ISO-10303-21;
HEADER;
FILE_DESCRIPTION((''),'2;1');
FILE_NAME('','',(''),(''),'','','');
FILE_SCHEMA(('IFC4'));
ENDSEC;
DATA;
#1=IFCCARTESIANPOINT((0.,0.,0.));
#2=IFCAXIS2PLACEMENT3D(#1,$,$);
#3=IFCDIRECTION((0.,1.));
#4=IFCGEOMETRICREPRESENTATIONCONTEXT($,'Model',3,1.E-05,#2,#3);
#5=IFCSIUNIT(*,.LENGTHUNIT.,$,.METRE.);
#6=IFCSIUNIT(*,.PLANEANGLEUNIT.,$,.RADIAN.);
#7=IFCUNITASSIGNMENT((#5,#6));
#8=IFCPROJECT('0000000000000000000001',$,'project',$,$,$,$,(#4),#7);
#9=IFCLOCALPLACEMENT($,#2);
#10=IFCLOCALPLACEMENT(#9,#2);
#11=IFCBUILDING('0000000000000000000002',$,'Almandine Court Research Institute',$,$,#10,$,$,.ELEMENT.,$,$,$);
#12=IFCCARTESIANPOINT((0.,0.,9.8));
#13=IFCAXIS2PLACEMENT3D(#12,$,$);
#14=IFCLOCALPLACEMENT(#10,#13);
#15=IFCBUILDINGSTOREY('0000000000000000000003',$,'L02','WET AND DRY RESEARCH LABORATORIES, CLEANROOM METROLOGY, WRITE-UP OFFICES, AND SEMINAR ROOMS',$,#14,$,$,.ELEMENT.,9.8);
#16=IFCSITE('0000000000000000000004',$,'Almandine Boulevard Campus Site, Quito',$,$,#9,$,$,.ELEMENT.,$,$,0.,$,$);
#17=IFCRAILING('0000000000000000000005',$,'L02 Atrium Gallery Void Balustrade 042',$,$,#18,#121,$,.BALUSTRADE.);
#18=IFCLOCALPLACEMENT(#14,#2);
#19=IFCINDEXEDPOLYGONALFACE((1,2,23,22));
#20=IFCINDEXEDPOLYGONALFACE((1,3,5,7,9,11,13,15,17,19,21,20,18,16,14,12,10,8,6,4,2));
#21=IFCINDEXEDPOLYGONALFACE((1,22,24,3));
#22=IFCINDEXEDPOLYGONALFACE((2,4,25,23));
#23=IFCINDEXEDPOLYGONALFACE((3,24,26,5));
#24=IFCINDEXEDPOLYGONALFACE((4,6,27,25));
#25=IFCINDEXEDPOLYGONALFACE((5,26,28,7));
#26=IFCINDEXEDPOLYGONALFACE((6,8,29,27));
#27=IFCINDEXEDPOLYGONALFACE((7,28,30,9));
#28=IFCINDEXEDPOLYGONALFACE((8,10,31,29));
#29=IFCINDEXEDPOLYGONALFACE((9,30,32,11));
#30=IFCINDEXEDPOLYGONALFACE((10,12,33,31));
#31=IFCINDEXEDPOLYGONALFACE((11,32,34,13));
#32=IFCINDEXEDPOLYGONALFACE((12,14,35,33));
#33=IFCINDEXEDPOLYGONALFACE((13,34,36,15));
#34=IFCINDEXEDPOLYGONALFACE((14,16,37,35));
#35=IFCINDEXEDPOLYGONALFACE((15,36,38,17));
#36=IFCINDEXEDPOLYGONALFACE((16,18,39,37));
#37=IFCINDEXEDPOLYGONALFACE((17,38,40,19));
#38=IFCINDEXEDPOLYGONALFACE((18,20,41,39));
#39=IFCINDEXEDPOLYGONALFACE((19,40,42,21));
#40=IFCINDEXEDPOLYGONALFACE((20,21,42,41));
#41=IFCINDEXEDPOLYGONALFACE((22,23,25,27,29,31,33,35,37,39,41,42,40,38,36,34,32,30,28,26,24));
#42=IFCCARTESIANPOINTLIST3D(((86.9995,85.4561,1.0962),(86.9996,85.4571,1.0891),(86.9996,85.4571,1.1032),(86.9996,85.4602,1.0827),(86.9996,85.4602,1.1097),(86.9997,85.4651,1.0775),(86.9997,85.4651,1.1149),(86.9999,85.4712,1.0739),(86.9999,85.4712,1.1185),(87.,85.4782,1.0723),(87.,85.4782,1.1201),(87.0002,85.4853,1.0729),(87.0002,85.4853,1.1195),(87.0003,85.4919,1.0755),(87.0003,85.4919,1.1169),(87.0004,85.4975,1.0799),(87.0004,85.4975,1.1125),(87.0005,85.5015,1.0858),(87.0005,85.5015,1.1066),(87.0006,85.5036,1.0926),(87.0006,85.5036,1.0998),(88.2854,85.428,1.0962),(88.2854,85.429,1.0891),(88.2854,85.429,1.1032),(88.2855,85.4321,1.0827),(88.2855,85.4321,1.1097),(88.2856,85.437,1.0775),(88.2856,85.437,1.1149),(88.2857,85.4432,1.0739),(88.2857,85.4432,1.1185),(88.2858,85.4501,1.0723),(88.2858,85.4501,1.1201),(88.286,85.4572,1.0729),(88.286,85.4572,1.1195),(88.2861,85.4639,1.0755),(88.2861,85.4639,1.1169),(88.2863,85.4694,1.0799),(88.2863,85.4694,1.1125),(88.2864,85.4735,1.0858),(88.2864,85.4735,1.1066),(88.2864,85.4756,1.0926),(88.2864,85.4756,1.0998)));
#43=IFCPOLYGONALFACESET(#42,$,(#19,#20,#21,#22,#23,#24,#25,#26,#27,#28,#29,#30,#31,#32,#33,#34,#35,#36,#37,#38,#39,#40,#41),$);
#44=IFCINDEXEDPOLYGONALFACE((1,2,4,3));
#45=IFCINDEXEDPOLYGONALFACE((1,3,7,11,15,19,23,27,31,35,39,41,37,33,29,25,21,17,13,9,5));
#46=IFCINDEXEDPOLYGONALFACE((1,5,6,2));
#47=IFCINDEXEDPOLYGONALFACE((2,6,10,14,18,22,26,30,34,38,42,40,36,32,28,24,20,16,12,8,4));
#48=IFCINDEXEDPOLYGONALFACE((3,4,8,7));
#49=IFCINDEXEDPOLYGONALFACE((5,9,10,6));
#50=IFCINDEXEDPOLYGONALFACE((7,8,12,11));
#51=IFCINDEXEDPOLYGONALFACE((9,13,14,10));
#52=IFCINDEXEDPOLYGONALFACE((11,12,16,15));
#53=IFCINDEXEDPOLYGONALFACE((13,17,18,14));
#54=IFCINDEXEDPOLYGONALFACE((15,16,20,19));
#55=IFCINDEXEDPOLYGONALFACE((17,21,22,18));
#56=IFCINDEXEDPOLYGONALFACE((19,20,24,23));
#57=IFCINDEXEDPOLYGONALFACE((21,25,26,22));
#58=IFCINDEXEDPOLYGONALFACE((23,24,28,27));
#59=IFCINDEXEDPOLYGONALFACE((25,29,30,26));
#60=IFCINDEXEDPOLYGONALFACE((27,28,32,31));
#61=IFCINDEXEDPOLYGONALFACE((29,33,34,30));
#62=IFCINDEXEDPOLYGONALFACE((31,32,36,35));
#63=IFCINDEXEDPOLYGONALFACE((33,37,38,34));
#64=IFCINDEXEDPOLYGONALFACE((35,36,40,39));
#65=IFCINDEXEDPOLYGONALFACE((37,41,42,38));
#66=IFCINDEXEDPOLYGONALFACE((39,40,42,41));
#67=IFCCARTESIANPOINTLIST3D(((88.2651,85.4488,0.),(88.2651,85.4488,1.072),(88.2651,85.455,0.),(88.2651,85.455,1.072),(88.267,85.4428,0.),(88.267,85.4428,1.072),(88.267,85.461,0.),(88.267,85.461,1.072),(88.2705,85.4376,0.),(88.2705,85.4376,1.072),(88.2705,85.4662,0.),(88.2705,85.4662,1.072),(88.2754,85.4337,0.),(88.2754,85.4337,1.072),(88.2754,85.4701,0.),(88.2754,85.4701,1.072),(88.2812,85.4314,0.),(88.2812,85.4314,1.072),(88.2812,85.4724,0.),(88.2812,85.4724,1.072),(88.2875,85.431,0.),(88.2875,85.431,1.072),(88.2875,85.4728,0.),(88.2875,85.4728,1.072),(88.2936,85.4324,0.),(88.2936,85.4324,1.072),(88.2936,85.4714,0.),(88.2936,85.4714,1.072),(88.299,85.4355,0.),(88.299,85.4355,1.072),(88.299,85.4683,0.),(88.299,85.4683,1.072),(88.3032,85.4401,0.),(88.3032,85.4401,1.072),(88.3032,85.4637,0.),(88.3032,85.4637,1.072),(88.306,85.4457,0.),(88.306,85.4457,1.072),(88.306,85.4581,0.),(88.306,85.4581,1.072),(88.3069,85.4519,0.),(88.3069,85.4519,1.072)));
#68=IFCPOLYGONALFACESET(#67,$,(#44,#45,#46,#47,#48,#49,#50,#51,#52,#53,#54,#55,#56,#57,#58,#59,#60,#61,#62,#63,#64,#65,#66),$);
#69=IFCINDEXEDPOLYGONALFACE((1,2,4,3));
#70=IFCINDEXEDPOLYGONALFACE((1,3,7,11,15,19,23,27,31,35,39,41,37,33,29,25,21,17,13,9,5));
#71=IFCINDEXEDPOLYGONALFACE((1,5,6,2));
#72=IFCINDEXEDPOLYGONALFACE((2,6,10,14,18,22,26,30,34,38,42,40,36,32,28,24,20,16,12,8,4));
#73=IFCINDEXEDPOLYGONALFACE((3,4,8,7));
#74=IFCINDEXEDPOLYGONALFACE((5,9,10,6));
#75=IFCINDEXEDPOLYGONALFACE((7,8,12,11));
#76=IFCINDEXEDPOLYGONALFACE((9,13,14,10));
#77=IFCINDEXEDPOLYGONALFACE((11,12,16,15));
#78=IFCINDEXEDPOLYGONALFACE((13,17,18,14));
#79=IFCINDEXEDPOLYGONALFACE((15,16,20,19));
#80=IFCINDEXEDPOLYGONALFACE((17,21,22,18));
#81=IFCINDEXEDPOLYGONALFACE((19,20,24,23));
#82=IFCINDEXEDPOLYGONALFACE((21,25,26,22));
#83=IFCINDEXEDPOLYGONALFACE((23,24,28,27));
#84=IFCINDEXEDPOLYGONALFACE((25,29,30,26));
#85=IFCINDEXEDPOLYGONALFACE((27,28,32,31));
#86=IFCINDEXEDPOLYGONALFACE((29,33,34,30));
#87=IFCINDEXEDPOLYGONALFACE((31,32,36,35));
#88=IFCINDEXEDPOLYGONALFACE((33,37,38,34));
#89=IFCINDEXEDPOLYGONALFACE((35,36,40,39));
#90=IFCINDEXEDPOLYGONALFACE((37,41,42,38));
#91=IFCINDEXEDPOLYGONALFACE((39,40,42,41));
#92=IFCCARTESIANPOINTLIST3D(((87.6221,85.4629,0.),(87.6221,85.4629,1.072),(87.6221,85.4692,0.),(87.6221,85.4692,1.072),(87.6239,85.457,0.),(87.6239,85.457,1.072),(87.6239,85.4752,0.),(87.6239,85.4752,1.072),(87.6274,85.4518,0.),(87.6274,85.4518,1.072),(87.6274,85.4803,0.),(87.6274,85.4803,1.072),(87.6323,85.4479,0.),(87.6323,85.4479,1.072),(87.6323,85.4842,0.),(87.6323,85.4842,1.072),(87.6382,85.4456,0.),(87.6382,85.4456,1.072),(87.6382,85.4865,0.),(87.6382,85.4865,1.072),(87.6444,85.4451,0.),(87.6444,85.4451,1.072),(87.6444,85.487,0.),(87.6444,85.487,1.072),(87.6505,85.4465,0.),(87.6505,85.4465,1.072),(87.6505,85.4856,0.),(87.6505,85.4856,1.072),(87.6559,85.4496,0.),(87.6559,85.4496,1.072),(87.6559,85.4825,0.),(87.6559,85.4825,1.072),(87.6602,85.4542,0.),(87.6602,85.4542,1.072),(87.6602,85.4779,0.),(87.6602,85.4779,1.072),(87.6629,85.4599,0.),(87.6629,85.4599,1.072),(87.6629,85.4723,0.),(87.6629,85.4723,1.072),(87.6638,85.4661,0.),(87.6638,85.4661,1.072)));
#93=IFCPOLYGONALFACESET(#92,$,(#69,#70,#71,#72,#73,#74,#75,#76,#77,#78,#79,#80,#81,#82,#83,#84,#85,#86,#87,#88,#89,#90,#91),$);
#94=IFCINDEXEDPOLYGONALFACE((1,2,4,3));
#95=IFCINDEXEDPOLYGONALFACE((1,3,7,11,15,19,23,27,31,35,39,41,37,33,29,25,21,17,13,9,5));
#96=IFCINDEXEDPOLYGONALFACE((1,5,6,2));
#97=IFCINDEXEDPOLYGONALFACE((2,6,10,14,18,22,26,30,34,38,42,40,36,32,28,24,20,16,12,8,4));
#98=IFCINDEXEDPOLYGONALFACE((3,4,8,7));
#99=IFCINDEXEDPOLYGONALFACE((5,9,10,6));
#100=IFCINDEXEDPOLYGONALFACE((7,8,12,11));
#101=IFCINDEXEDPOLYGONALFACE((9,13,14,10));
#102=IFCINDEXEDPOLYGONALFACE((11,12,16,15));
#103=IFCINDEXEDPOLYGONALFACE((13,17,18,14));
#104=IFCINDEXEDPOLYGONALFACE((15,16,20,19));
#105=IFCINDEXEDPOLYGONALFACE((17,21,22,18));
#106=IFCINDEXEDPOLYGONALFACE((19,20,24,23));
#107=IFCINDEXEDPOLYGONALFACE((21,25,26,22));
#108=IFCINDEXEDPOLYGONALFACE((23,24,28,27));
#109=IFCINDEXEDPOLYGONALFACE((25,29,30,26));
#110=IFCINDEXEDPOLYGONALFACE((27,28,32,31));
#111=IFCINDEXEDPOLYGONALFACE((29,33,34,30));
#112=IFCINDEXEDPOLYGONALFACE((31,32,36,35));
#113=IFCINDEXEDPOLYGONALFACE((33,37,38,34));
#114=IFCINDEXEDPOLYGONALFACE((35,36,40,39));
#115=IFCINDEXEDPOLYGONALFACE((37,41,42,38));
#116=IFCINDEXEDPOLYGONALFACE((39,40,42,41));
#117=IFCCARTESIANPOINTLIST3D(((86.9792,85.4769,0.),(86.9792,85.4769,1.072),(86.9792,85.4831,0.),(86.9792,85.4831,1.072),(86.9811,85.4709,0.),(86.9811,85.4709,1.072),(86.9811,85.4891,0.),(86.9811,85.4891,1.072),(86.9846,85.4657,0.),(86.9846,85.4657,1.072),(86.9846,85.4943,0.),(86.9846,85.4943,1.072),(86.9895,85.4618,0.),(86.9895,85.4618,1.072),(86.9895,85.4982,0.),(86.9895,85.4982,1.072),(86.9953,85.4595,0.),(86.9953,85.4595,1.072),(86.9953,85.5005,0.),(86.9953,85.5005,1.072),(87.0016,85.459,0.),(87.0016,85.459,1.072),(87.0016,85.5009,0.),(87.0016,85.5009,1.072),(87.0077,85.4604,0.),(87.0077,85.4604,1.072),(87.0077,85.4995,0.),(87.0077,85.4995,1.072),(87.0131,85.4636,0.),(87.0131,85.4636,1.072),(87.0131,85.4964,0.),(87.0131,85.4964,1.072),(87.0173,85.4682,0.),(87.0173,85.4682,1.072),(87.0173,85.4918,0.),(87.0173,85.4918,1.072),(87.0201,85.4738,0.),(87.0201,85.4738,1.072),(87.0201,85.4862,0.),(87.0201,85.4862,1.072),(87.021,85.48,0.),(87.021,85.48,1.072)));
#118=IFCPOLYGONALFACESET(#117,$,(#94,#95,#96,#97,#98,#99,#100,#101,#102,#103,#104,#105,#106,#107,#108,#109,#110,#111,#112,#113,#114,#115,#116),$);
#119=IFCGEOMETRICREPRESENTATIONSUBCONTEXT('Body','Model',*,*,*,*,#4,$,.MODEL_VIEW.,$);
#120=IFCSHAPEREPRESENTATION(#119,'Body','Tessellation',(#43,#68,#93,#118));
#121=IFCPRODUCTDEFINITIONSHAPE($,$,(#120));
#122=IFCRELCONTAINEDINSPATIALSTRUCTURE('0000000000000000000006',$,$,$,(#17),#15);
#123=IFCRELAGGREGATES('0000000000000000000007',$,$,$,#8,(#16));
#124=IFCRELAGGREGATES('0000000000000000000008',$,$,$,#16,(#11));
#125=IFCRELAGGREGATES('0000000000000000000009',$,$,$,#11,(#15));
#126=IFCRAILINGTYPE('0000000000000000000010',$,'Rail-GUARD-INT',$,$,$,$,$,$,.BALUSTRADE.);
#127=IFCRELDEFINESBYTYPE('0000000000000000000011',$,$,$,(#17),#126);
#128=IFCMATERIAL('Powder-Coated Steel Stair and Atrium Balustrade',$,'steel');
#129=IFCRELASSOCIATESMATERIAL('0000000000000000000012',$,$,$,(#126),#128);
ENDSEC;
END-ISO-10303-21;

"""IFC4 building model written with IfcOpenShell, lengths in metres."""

from ifc_helpers import new_model, si_unit, direction, frame, origin, origin_2d, place, context, subcontext, project, spatial, circle, extrude, material, type_object, element, save


model = new_model("IFC4")

# Units and contexts
model_context = context("Model", 3, precision=1e-05, world=origin(), true_north=direction((0.0, 1.0)))
body_context = subcontext(model_context, "Body", "Model", "MODEL_VIEW")
ifc_project = project(units=[si_unit("LENGTHUNIT", "METRE"), si_unit("PLANEANGLEUNIT", "RADIAN")], contexts=[model_context])

# Site, building, storey
site_placement = place(None, origin())
site = spatial("IfcSite", under=ifc_project, at=site_placement, Name="Almandine Boulevard Campus Site, Quito", CompositionType="ELEMENT", RefElevation=0.0)
building_placement = place(site_placement, origin())
building = spatial("IfcBuilding", under=site, at=building_placement, Name="Almandine Court Research Institute", CompositionType="ELEMENT")
storey_placement = place(building_placement, frame((0.0, 0.0, 9.8)))
storey = spatial("IfcBuildingStorey", under=building, at=storey_placement, Name="L02", Description="WET AND DRY RESEARCH LABORATORIES, CLEANROOM METROLOGY, WRITE-UP OFFICES, AND SEMINAR ROOMS", CompositionType="ELEMENT", Elevation=9.8)

# Railing
ifc_material_1 = material(Name="Powder-Coated Steel Stair and Atrium Balustrade", Category="steel")
railing_type_1 = type_object("IfcRailingType", Name="Rail-GUARD-INT", PredefinedType="BALUSTRADE", material=ifc_material_1)
railing_1_placement = place(storey_placement, frame((88.2859, 85.4519, 0.0)))
element("IfcRailing", 1, at=railing_1_placement, inside=storey, type_object=railing_type_1, Name="L02 Atrium Gallery Void Balustrade 042", PredefinedType="BALUSTRADE", context=body_context, shape_type="SweptSolid", body=[
    extrude(circle(Radius=0.0239, at=origin_2d()), frame((0.0, 0.0, 1.0962), z_axis=(-0.999762, 0.021829, 0.0), x_axis=(-0.021829, -0.999762, 0.0)), (0.0, 0.0, 1.0), 1.2861),
    extrude(circle(Radius=0.021, at=origin_2d()), origin(), (0.0, 0.0, 1.0), 1.072),
    extrude(circle(Radius=0.021, at=origin_2d()), frame((-0.6431, 0.0142, 0.0)), (0.0, 0.0, 1.0), 1.072),
    extrude(circle(Radius=0.021, at=origin_2d()), frame((-1.2859, 0.0281, 0.0)), (0.0, 0.0, 1.0), 1.072),
])

save(model, "model.ifc")
